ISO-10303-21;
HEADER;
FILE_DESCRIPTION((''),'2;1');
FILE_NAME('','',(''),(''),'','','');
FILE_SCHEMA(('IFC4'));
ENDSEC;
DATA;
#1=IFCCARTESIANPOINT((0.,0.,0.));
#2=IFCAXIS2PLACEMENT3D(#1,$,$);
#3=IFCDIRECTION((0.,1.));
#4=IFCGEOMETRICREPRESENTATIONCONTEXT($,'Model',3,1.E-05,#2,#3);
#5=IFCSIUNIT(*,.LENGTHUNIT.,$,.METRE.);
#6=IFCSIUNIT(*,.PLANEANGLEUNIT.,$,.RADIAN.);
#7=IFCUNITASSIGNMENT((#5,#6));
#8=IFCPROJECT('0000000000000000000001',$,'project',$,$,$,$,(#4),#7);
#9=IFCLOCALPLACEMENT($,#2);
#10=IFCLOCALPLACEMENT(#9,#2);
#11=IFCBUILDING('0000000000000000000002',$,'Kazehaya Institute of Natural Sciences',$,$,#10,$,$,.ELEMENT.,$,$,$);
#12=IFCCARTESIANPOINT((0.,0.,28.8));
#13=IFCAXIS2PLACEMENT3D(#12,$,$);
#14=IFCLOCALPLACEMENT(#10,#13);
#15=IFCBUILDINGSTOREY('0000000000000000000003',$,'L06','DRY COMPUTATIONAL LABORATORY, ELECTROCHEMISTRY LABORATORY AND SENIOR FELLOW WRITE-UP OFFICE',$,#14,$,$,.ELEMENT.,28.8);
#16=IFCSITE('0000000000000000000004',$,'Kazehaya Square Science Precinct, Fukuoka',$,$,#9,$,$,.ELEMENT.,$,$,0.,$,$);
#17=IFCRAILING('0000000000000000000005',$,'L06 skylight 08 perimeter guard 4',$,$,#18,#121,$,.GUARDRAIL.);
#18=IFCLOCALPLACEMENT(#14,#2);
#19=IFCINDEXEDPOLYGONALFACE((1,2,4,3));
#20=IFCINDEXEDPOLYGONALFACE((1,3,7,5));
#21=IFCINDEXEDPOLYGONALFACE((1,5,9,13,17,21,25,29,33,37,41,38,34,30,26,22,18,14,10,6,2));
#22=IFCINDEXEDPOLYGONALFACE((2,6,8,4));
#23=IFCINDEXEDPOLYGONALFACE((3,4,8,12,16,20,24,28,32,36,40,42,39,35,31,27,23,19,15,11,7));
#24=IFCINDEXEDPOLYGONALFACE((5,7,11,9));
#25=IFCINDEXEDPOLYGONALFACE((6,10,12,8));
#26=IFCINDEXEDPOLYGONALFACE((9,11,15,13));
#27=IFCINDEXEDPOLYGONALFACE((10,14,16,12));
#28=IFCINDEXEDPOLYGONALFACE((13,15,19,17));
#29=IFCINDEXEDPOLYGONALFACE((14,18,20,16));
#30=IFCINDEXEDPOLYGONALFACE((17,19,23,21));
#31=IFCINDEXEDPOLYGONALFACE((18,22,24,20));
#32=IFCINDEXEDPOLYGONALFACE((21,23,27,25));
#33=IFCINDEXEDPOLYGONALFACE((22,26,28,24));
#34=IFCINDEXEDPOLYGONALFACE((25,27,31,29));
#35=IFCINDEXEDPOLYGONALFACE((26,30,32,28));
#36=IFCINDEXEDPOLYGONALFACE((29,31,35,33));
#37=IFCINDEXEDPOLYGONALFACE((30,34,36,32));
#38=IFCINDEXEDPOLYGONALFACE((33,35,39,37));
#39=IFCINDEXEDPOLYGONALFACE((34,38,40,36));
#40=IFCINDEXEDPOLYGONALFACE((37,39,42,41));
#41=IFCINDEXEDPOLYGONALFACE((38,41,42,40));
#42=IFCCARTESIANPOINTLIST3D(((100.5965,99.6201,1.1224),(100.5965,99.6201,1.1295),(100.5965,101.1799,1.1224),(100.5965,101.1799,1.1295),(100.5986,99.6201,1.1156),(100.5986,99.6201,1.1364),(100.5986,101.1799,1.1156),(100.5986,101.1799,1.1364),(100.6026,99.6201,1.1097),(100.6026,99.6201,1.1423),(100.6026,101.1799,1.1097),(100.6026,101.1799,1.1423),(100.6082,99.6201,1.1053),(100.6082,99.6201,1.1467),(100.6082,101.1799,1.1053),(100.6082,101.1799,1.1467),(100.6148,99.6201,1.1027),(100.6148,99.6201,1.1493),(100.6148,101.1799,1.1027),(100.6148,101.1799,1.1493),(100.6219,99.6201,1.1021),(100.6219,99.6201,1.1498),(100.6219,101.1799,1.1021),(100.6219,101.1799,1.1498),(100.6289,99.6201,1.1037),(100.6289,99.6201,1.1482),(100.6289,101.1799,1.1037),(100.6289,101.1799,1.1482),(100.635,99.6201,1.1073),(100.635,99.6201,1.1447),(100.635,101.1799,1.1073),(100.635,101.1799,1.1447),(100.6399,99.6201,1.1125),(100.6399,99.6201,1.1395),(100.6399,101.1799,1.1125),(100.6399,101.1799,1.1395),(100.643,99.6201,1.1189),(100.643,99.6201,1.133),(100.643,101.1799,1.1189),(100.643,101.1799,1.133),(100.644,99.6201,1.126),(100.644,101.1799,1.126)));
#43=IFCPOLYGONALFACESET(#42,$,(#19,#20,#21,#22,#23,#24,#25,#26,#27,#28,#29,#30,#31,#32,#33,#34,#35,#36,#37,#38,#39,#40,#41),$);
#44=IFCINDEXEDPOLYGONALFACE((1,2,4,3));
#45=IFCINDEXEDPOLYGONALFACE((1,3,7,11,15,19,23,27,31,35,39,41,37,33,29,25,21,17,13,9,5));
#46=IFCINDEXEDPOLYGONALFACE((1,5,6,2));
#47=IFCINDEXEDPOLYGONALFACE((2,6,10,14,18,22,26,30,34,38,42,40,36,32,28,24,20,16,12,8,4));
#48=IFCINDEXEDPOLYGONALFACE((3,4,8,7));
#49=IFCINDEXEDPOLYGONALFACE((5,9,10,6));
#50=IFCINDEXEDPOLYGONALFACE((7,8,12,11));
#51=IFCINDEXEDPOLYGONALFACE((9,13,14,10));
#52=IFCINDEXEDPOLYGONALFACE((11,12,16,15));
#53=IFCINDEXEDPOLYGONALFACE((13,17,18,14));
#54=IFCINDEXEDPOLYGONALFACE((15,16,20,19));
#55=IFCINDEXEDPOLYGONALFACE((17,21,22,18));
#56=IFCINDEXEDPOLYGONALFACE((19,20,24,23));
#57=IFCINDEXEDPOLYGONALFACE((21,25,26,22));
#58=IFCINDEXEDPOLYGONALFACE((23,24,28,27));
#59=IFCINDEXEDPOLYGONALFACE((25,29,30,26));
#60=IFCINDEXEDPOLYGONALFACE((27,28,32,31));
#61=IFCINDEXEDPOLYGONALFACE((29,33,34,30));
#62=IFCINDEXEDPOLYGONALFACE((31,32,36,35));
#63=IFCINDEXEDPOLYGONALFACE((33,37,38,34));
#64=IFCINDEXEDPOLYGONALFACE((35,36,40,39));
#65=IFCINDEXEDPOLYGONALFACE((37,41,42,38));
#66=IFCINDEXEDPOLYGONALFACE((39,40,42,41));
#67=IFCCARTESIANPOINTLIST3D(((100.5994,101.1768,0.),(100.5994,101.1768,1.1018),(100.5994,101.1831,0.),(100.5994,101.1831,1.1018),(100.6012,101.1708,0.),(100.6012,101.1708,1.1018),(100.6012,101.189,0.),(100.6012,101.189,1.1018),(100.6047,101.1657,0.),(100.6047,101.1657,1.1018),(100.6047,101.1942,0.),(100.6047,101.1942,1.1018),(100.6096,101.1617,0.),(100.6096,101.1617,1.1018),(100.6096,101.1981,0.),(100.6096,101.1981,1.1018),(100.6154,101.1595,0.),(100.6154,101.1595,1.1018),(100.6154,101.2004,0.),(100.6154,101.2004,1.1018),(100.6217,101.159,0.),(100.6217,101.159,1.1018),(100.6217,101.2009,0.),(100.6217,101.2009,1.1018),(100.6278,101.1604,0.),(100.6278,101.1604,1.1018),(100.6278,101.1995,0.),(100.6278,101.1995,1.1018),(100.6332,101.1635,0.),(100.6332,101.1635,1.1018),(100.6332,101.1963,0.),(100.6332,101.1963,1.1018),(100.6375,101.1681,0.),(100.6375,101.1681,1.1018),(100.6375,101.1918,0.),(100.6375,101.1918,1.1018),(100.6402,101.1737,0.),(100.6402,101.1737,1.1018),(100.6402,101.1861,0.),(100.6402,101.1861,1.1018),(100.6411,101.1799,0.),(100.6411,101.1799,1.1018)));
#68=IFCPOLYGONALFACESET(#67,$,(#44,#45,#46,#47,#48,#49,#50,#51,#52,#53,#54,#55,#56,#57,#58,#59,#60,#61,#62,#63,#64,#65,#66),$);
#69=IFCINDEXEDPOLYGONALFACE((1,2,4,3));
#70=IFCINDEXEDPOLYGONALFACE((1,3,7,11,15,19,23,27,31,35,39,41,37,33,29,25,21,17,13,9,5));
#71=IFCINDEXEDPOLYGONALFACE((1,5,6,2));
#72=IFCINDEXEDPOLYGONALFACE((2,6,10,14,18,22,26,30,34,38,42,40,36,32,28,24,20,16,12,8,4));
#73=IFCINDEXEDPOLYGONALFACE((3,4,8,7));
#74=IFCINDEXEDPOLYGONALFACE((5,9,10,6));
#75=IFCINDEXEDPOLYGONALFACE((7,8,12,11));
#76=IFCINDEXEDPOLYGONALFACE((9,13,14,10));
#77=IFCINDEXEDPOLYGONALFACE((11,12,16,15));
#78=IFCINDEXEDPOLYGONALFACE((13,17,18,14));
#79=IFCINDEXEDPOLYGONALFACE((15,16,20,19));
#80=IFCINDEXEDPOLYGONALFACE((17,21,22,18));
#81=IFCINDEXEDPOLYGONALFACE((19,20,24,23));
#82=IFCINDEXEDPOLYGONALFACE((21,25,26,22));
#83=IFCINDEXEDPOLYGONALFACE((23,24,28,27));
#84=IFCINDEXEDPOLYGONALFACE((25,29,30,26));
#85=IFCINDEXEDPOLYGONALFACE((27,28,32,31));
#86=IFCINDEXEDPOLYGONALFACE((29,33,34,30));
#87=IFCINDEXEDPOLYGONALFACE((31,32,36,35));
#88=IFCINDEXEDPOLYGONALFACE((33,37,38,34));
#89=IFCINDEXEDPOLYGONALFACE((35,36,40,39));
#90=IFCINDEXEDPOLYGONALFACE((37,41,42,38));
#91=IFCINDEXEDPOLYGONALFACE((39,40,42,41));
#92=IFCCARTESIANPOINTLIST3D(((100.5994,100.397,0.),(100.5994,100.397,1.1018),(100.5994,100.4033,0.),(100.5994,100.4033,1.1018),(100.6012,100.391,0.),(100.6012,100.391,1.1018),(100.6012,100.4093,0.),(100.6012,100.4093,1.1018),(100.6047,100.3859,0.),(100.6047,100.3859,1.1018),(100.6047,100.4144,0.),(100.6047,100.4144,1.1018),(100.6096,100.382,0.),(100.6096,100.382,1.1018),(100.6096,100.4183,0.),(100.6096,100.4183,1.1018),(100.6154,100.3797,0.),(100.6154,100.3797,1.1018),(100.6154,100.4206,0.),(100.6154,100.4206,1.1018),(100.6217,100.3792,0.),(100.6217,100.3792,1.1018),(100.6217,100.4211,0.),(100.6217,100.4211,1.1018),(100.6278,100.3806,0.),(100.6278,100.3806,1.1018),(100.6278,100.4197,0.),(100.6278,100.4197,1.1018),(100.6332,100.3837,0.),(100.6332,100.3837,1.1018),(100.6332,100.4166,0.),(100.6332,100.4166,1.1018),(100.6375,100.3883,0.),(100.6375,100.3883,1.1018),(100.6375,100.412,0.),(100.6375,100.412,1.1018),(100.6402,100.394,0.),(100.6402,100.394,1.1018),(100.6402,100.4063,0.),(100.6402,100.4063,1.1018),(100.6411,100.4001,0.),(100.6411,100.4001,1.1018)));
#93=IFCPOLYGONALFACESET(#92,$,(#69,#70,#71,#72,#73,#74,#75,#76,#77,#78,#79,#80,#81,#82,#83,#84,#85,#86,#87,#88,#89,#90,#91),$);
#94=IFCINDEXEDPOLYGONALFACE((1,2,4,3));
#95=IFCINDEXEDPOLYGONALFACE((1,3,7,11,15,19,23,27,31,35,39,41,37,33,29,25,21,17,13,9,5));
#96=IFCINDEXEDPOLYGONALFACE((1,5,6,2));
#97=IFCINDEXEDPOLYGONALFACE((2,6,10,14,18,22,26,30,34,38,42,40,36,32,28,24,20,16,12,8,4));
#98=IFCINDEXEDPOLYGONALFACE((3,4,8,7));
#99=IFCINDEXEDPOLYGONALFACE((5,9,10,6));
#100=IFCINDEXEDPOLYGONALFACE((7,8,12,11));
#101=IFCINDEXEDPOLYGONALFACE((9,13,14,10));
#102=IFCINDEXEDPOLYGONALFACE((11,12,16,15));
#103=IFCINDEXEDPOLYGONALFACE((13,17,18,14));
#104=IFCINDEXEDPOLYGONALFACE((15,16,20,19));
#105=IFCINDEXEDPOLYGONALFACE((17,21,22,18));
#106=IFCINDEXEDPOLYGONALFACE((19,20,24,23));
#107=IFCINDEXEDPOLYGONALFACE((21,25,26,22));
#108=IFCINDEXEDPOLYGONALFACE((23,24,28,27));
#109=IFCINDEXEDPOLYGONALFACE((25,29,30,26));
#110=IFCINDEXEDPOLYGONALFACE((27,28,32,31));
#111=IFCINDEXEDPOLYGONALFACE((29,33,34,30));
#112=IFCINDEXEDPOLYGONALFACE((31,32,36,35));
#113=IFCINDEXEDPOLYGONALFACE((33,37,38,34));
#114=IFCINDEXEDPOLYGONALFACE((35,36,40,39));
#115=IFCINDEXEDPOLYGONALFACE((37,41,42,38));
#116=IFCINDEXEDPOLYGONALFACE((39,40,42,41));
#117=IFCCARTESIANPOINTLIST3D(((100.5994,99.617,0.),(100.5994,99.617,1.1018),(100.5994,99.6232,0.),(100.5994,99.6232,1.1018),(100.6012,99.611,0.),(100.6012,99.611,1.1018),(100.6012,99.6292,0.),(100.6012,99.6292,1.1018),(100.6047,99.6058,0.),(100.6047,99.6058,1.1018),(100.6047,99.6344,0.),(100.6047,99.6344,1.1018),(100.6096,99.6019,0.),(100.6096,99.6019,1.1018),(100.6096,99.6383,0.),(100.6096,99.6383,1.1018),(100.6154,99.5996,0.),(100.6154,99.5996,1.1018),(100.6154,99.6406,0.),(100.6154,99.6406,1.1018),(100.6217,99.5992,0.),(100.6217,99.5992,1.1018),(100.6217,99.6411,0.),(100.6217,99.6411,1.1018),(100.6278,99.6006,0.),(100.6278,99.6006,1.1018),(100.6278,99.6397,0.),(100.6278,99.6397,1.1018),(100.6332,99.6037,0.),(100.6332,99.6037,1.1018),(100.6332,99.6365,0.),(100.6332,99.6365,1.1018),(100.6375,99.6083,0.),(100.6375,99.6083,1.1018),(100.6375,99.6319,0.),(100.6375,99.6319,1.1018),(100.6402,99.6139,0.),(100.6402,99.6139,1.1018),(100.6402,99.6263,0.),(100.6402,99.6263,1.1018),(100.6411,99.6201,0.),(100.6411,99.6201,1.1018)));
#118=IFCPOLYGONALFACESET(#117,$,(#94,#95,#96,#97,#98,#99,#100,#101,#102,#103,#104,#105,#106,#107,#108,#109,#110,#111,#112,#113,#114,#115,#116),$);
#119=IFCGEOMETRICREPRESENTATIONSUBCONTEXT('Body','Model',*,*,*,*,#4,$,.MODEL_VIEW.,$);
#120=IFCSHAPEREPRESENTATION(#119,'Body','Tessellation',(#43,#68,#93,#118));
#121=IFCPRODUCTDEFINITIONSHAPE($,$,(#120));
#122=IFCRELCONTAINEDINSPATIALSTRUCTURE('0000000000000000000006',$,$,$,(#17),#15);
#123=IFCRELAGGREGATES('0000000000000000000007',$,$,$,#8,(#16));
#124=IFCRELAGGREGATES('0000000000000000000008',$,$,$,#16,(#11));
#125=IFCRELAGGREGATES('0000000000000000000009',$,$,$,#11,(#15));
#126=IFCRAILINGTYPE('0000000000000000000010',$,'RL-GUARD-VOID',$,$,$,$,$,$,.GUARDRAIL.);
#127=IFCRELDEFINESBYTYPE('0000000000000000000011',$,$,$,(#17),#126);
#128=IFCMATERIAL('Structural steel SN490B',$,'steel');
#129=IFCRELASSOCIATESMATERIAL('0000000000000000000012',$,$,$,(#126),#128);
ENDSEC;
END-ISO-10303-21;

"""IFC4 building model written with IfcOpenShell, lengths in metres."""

from ifc_helpers import new_model, si_unit, direction, frame, origin, origin_2d, place, context, subcontext, project, spatial, circle, extrude, material, type_object, element, save


model = new_model("IFC4")

# Units and contexts
model_context = context("Model", 3, precision=1e-05, world=origin(), true_north=direction((0.0, 1.0)))
body_context = subcontext(model_context, "Body", "Model", "MODEL_VIEW")
ifc_project = project(units=[si_unit("LENGTHUNIT", "METRE"), si_unit("PLANEANGLEUNIT", "RADIAN")], contexts=[model_context])

# Site, building, storey
site_placement = place(None, origin())
site = spatial("IfcSite", under=ifc_project, at=site_placement, Name="Kazehaya Square Science Precinct, Fukuoka", CompositionType="ELEMENT", RefElevation=0.0)
building_placement = place(site_placement, origin())
building = spatial("IfcBuilding", under=site, at=building_placement, Name="Kazehaya Institute of Natural Sciences", CompositionType="ELEMENT")
storey_placement = place(building_placement, frame((0.0, 0.0, 28.8)))
storey = spatial("IfcBuildingStorey", under=building, at=storey_placement, Name="L06", Description="DRY COMPUTATIONAL LABORATORY, ELECTROCHEMISTRY LABORATORY AND SENIOR FELLOW WRITE-UP OFFICE", CompositionType="ELEMENT", Elevation=28.8)

# Railing
ifc_material_1 = material(Name="Structural steel SN490B", Category="steel")
railing_type = type_object("IfcRailingType", Name="RL-GUARD-VOID", PredefinedType="GUARDRAIL", material=ifc_material_1)
railing_1_placement = place(storey_placement, frame((100.6201, 101.1799, 0.0)))
element("IfcRailing", 1, at=railing_1_placement, inside=storey, type_object=railing_type, Name="L06 skylight 08 perimeter guard 4", PredefinedType="GUARDRAIL", context=body_context, shape_type="SweptSolid", body=[
    extrude(circle(Radius=0.0239, at=origin_2d()), frame((0.0, 0.0, 1.126), z_axis=(0.0, -1.0, 0.0), x_axis=(1.0, 0.0, 0.0)), (0.0, 0.0, 1.0), 1.5598),
    extrude(circle(Radius=0.021, at=origin_2d()), origin(), (0.0, 0.0, 1.0), 1.1018),
    extrude(circle(Radius=0.021, at=origin_2d()), frame((0.0, -0.7798, 0.0)), (0.0, 0.0, 1.0), 1.1018),
    extrude(circle(Radius=0.021, at=origin_2d()), frame((0.0, -1.5598, 0.0)), (0.0, 0.0, 1.0), 1.1018),
])

save(model, "model.ifc")
